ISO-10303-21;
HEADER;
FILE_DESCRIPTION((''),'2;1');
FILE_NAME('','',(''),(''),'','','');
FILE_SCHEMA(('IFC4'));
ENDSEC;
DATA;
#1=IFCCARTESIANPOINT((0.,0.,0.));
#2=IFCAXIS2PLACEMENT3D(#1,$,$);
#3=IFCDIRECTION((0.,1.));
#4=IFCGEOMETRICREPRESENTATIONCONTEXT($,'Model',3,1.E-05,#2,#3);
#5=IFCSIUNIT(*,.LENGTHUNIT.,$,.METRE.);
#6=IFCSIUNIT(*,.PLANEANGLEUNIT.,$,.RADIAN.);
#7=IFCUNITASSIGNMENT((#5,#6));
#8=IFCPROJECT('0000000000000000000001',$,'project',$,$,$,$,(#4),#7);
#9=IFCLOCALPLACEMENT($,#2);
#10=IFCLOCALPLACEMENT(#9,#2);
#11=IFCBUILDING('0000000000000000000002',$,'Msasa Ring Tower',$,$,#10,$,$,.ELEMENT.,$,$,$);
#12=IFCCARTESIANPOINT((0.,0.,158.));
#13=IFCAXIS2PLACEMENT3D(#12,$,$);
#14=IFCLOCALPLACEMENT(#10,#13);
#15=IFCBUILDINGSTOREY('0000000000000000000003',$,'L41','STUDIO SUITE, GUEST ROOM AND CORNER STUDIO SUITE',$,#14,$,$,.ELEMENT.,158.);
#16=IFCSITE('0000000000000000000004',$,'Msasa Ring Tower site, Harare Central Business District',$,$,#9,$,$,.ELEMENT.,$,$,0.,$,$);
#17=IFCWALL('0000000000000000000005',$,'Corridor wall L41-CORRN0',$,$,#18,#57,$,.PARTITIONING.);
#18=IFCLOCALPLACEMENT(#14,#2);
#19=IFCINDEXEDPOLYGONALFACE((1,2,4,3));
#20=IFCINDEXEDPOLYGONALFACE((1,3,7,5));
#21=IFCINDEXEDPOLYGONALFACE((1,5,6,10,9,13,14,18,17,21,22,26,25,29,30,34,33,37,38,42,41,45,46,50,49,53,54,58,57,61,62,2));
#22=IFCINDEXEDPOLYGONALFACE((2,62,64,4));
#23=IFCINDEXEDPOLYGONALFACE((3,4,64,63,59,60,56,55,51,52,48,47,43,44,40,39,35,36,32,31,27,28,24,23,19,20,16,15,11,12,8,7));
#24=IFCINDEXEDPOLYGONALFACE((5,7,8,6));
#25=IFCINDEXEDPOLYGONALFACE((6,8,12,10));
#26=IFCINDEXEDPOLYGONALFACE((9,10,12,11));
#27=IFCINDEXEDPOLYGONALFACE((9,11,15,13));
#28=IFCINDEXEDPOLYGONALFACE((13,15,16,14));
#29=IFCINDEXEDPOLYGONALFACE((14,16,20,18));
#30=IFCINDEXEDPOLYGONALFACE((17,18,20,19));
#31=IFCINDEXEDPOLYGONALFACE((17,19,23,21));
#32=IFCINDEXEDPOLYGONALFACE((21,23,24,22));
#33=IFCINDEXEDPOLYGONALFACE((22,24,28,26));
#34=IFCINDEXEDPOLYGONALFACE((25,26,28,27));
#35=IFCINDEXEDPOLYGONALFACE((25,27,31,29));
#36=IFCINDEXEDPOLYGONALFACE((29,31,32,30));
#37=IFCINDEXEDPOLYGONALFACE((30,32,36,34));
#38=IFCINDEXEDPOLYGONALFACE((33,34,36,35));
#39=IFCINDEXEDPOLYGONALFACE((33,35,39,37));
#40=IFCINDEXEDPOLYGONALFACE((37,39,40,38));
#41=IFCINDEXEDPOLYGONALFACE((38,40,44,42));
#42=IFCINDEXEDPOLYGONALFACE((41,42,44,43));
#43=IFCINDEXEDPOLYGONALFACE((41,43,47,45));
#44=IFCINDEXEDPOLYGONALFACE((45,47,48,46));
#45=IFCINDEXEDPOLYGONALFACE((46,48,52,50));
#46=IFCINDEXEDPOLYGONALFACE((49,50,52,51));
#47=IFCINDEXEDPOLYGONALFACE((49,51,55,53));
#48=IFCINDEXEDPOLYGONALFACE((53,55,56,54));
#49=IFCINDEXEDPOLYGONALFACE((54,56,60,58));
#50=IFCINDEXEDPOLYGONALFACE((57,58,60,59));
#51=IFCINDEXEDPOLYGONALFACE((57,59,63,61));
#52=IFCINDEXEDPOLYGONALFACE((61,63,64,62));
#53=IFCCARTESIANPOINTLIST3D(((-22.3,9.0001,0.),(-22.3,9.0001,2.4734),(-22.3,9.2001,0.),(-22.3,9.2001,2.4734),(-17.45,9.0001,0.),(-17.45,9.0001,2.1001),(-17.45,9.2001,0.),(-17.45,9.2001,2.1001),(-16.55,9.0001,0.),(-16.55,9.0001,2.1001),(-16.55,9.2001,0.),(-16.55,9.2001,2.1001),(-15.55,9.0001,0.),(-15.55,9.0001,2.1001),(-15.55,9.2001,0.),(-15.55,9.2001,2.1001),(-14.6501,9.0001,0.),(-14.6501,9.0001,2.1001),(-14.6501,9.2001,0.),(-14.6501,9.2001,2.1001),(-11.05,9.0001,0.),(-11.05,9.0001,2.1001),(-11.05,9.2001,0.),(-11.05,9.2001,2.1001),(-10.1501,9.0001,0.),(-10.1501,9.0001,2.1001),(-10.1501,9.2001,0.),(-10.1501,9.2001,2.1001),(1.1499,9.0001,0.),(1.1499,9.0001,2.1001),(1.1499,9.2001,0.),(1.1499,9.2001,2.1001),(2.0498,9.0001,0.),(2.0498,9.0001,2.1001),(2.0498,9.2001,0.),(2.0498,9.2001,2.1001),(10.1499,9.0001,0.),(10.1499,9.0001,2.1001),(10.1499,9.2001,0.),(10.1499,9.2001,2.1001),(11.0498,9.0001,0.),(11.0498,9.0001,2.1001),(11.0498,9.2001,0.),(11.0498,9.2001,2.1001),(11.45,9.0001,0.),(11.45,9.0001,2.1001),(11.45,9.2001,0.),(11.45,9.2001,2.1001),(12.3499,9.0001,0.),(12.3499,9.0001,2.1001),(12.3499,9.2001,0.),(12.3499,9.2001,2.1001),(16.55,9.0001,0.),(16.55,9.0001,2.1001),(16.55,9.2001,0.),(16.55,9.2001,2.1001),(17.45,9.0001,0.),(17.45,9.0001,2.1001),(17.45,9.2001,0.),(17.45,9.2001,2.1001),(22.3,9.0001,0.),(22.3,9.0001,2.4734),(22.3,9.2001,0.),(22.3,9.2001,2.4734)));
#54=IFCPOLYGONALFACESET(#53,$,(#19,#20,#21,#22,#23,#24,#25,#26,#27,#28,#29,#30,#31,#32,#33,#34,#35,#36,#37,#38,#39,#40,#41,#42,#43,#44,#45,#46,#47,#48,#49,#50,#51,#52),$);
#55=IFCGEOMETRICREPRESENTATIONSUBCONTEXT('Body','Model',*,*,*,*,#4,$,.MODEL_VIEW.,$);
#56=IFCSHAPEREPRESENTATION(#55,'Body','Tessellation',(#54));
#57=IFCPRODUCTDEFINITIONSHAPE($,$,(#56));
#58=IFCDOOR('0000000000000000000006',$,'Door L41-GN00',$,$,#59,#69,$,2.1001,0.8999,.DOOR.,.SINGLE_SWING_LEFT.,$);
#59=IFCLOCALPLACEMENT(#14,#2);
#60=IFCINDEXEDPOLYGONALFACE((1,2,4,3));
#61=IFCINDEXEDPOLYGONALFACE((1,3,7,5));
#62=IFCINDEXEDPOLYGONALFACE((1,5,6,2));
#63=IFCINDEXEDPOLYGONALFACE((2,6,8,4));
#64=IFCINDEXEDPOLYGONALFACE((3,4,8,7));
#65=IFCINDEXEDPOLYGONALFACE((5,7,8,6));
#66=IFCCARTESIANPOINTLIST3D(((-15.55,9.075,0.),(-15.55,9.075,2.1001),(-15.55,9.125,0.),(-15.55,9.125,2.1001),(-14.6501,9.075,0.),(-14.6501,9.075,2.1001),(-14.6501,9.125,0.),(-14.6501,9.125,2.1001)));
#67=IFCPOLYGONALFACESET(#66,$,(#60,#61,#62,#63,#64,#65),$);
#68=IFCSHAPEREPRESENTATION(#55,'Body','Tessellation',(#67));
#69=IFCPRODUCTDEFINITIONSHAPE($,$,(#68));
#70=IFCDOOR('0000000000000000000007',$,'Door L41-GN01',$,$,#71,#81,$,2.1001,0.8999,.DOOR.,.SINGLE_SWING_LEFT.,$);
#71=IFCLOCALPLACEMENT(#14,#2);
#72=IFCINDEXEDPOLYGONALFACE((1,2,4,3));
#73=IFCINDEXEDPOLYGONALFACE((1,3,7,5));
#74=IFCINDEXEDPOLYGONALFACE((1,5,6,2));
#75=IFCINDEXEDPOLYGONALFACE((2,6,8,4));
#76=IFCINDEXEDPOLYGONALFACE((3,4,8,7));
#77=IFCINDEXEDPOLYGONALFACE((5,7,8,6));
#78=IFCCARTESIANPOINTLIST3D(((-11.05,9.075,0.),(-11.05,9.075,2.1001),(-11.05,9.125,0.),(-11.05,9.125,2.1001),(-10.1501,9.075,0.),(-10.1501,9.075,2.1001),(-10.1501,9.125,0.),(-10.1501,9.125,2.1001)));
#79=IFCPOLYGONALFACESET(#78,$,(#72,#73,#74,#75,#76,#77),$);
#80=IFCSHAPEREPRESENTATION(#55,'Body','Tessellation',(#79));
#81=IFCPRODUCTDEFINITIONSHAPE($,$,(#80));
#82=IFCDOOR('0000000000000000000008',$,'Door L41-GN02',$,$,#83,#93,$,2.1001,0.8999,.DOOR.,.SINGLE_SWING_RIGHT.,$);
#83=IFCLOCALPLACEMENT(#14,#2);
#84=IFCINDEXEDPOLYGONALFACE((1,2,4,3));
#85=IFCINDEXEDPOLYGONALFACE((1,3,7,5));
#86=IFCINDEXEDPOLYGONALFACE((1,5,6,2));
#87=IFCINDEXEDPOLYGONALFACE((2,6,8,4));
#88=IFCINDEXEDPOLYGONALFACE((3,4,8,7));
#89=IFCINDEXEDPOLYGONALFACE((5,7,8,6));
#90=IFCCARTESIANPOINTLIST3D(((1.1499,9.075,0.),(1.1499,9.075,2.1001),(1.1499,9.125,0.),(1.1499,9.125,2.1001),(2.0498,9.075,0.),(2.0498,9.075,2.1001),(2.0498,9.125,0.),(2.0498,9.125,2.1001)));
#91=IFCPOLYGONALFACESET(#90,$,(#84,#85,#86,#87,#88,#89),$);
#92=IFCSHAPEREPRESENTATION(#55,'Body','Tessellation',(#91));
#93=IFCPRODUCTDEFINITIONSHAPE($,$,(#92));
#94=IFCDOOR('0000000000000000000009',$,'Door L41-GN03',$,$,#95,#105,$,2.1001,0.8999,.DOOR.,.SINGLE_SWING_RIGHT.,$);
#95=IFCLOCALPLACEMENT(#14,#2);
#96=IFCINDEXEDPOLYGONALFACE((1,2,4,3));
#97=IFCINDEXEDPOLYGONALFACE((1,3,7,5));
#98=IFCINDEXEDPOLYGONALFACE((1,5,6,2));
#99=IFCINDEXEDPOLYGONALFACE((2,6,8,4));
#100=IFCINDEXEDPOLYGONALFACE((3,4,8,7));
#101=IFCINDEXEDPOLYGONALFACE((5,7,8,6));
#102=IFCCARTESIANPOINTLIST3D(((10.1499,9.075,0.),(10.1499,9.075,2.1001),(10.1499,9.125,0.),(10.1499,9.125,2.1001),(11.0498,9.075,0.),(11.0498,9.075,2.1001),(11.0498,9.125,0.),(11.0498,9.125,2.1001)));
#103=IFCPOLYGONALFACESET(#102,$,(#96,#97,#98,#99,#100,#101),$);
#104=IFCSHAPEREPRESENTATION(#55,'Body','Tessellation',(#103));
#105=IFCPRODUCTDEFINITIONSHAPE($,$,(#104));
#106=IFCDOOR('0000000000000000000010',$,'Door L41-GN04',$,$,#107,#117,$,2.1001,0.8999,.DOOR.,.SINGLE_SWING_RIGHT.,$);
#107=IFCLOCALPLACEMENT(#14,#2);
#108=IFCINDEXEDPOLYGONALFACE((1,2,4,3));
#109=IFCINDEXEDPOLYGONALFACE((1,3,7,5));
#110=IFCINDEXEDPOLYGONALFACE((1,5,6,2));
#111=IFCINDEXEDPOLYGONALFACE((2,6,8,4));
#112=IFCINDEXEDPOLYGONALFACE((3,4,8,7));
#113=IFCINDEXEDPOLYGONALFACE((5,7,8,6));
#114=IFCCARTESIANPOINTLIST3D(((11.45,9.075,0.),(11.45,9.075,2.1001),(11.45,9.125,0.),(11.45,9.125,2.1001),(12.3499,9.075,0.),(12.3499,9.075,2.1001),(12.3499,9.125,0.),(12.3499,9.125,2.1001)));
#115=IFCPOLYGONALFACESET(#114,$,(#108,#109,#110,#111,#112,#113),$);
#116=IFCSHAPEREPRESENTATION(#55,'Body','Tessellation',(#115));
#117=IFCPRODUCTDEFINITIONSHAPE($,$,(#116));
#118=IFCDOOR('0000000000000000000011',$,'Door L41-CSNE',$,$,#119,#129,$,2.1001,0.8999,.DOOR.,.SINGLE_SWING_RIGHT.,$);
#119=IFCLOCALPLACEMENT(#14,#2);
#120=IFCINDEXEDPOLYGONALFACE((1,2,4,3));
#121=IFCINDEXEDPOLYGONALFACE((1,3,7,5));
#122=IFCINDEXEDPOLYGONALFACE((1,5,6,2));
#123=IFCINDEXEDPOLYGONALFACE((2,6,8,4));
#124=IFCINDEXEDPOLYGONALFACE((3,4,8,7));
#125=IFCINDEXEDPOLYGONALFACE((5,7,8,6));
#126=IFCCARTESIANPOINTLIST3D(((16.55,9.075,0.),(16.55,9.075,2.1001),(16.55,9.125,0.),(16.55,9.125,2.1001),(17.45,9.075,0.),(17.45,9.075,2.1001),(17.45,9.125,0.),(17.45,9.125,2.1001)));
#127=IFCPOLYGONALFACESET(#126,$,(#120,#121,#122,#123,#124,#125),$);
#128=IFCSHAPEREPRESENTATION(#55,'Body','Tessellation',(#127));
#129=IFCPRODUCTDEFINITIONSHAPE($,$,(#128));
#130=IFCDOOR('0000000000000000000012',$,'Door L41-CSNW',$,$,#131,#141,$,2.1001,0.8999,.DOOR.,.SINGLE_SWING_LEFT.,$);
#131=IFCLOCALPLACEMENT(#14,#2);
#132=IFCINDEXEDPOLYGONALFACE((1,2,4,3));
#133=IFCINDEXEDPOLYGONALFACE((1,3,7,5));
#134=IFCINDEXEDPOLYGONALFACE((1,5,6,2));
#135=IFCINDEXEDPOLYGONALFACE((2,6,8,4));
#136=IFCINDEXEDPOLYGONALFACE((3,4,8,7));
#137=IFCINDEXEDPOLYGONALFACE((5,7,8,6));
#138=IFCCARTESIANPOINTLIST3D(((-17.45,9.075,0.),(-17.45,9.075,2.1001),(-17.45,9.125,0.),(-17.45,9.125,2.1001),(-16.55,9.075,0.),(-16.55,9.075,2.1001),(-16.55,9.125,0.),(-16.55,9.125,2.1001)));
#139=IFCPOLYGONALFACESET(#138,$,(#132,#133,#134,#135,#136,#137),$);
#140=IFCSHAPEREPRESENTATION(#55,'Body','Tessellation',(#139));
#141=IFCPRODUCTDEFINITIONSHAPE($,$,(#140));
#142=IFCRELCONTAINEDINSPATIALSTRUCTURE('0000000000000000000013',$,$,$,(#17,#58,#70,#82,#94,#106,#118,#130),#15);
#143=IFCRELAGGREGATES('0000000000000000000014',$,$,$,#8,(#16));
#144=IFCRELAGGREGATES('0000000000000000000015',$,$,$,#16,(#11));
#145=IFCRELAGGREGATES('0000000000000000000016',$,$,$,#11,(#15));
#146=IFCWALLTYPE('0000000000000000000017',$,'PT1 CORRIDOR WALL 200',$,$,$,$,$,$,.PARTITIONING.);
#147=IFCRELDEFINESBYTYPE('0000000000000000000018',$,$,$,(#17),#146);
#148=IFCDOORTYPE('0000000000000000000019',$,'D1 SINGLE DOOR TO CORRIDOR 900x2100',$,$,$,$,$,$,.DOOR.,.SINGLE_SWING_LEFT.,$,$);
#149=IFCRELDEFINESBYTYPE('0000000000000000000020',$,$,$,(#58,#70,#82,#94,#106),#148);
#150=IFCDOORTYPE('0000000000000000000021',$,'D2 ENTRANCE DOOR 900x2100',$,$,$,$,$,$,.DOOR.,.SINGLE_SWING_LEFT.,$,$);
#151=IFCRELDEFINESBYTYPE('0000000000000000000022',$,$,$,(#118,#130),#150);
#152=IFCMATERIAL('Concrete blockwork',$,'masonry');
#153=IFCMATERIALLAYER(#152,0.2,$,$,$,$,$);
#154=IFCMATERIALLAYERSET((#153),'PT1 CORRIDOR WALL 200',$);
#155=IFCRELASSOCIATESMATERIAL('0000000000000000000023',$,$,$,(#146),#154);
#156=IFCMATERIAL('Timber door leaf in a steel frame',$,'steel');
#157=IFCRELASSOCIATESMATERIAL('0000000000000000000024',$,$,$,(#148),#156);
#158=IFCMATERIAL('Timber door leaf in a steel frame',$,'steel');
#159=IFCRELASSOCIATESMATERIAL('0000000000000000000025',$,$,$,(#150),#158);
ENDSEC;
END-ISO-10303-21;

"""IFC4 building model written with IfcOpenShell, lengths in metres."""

from ifc_helpers import new_model, si_unit, direction, frame, frame_2d, origin, place, context, subcontext, project, spatial, rectangle, extrude, material, layer, layer_set, type_object, element, fill, save


model = new_model("IFC4")

# Units and contexts
model_context = context("Model", 3, precision=1e-05, world=origin(), true_north=direction((0.0, 1.0)))
body_context = subcontext(model_context, "Body", "Model", "MODEL_VIEW")
ifc_project = project(units=[si_unit("LENGTHUNIT", "METRE"), si_unit("PLANEANGLEUNIT", "RADIAN")], contexts=[model_context])

# Site, building, storey
site_placement = place(None, origin())
site = spatial("IfcSite", under=ifc_project, at=site_placement, Name="Msasa Ring Tower site, Harare Central Business District", CompositionType="ELEMENT", RefElevation=0.0)
building_placement = place(site_placement, origin())
building = spatial("IfcBuilding", under=site, at=building_placement, Name="Msasa Ring Tower", CompositionType="ELEMENT")
storey_placement = place(building_placement, frame((0.0, 0.0, 158.0)))
storey = spatial("IfcBuildingStorey", under=building, at=storey_placement, Name="L41", Description="STUDIO SUITE, GUEST ROOM AND CORNER STUDIO SUITE", CompositionType="ELEMENT", Elevation=158.0)

# Wall, openings, doors
ifc_material_1 = material(Name="Concrete blockwork", Category="masonry")
ifc_layer_1 = layer(ifc_material_1, 0.2)
ifc_layer_set_1 = layer_set([ifc_layer_1], Name="PT1 CORRIDOR WALL 200")
wall_type_1 = type_object("IfcWallType", Name="PT1 CORRIDOR WALL 200", PredefinedType="PARTITIONING", material=ifc_layer_set_1)
wall_1_placement = place(storey_placement, frame((-22.3, 9.1001, 0.0), z_axis=(0.0, 0.0, 1.0), x_axis=(1.0, 0.0, 0.0)))
wall_1 = element("IfcWall", 1, at=wall_1_placement, inside=storey, type_object=wall_type_1, Name="Corridor wall L41-CORRN0", PredefinedType="PARTITIONING", context=body_context, shape_type="SweptSolid", body=[
    extrude(rectangle(XDim=44.6001, YDim=0.2, at=frame_2d((22.3, 0.0))), origin(), (0.0, 0.0, 1.0), 2.4734),
])
opening_1_placement = place(wall_1_placement, frame((6.75, 0.0, 0.0)))
opening_1 = element("IfcOpeningElement", 2, at=opening_1_placement, cuts=wall_1, PredefinedType="OPENING", context=body_context, shape_type="SweptSolid", body=[
    extrude(rectangle(XDim=0.8999, YDim=2.1001, at=frame_2d((0.45, 1.05))), frame((0.0, 0.1099, 0.0), z_axis=(0.0, -1.0, 0.0), x_axis=(1.0, 0.0, 0.0)), (0.0, 0.0, 1.0), 0.22),
])
opening_2_placement = place(wall_1_placement, frame((11.25, 0.0, 0.0)))
opening_2 = element("IfcOpeningElement", 3, at=opening_2_placement, cuts=wall_1, PredefinedType="OPENING", context=body_context, shape_type="SweptSolid", body=[
    extrude(rectangle(XDim=0.8999, YDim=2.1001, at=frame_2d((0.45, 1.05))), frame((0.0, 0.1099, 0.0), z_axis=(0.0, -1.0, 0.0), x_axis=(1.0, 0.0, 0.0)), (0.0, 0.0, 1.0), 0.22),
])
opening_3_placement = place(wall_1_placement, frame((23.45, 0.0, 0.0)))
opening_3 = element("IfcOpeningElement", 4, at=opening_3_placement, cuts=wall_1, PredefinedType="OPENING", context=body_context, shape_type="SweptSolid", body=[
    extrude(rectangle(XDim=0.8999, YDim=2.1001, at=frame_2d((0.45, 1.05))), frame((0.0, 0.1099, 0.0), z_axis=(0.0, -1.0, 0.0), x_axis=(1.0, 0.0, 0.0)), (0.0, 0.0, 1.0), 0.22),
])
opening_4_placement = place(wall_1_placement, frame((32.45, 0.0, 0.0)))
opening_4 = element("IfcOpeningElement", 5, at=opening_4_placement, cuts=wall_1, PredefinedType="OPENING", context=body_context, shape_type="SweptSolid", body=[
    extrude(rectangle(XDim=0.8999, YDim=2.1001, at=frame_2d((0.45, 1.05))), frame((0.0, 0.1099, 0.0), z_axis=(0.0, -1.0, 0.0), x_axis=(1.0, 0.0, 0.0)), (0.0, 0.0, 1.0), 0.22),
])
opening_5_placement = place(wall_1_placement, frame((33.75, 0.0, 0.0)))
opening_5 = element("IfcOpeningElement", 6, at=opening_5_placement, cuts=wall_1, PredefinedType="OPENING", context=body_context, shape_type="SweptSolid", body=[
    extrude(rectangle(XDim=0.8999, YDim=2.1001, at=frame_2d((0.45, 1.05))), frame((0.0, 0.1099, 0.0), z_axis=(0.0, -1.0, 0.0), x_axis=(1.0, 0.0, 0.0)), (0.0, 0.0, 1.0), 0.22),
])
opening_6_placement = place(wall_1_placement, frame((38.8501, 0.0, 0.0)))
opening_6 = element("IfcOpeningElement", 7, at=opening_6_placement, cuts=wall_1, PredefinedType="OPENING", context=body_context, shape_type="SweptSolid", body=[
    extrude(rectangle(XDim=0.8999, YDim=2.1001, at=frame_2d((0.45, 1.05))), frame((0.0, 0.1099, 0.0), z_axis=(0.0, -1.0, 0.0), x_axis=(1.0, 0.0, 0.0)), (0.0, 0.0, 1.0), 0.22),
])
opening_7_placement = place(wall_1_placement, frame((4.8501, 0.0, 0.0)))
opening_7 = element("IfcOpeningElement", 8, at=opening_7_placement, cuts=wall_1, PredefinedType="OPENING", context=body_context, shape_type="SweptSolid", body=[
    extrude(rectangle(XDim=0.8999, YDim=2.1001, at=frame_2d((0.45, 1.05))), frame((0.0, 0.1099, 0.0), z_axis=(0.0, -1.0, 0.0), x_axis=(1.0, 0.0, 0.0)), (0.0, 0.0, 1.0), 0.22),
])
ifc_material_2 = material(Name="Timber door leaf in a steel frame", Category="steel")
door_type_1 = type_object("IfcDoorType", Name="D1 SINGLE DOOR TO CORRIDOR 900x2100", OperationType="SINGLE_SWING_LEFT", PredefinedType="DOOR", material=ifc_material_2)
door_1_placement = place(opening_1_placement, origin())
door_1 = element("IfcDoor", 9, at=door_1_placement, inside=storey, type_object=door_type_1, Name="Door L41-GN00", OperationType="SINGLE_SWING_LEFT", OverallHeight=2.1001, OverallWidth=0.8999, PredefinedType="DOOR", context=body_context, shape_type="SweptSolid", body=[
    extrude(rectangle(XDim=0.8999, YDim=2.1001, at=frame_2d((0.45, 1.05))), frame((0.0, 0.0249, 0.0), z_axis=(0.0, -1.0, 0.0), x_axis=(1.0, 0.0, 0.0)), (0.0, 0.0, 1.0), 0.05),
])
fill(opening_1, door_1)
door_2_placement = place(opening_2_placement, origin())
door_2 = element("IfcDoor", 10, at=door_2_placement, inside=storey, type_object=door_type_1, Name="Door L41-GN01", OperationType="SINGLE_SWING_LEFT", OverallHeight=2.1001, OverallWidth=0.8999, PredefinedType="DOOR", context=body_context, shape_type="SweptSolid", body=[
    extrude(rectangle(XDim=0.8999, YDim=2.1001, at=frame_2d((0.45, 1.05))), frame((0.0, 0.0249, 0.0), z_axis=(0.0, -1.0, 0.0), x_axis=(1.0, 0.0, 0.0)), (0.0, 0.0, 1.0), 0.05),
])
fill(opening_2, door_2)
door_3_placement = place(opening_3_placement, origin())
door_3 = element("IfcDoor", 11, at=door_3_placement, inside=storey, type_object=door_type_1, Name="Door L41-GN02", OperationType="SINGLE_SWING_RIGHT", OverallHeight=2.1001, OverallWidth=0.8999, PredefinedType="DOOR", context=body_context, shape_type="SweptSolid", body=[
    extrude(rectangle(XDim=0.8999, YDim=2.1001, at=frame_2d((0.45, 1.05))), frame((0.0, 0.0249, 0.0), z_axis=(0.0, -1.0, 0.0), x_axis=(1.0, 0.0, 0.0)), (0.0, 0.0, 1.0), 0.05),
])
fill(opening_3, door_3)
door_4_placement = place(opening_4_placement, origin())
door_4 = element("IfcDoor", 12, at=door_4_placement, inside=storey, type_object=door_type_1, Name="Door L41-GN03", OperationType="SINGLE_SWING_RIGHT", OverallHeight=2.1001, OverallWidth=0.8999, PredefinedType="DOOR", context=body_context, shape_type="SweptSolid", body=[
    extrude(rectangle(XDim=0.8999, YDim=2.1001, at=frame_2d((0.45, 1.05))), frame((0.0, 0.0249, 0.0), z_axis=(0.0, -1.0, 0.0), x_axis=(1.0, 0.0, 0.0)), (0.0, 0.0, 1.0), 0.05),
])
fill(opening_4, door_4)
door_5_placement = place(opening_5_placement, origin())
door_5 = element("IfcDoor", 13, at=door_5_placement, inside=storey, type_object=door_type_1, Name="Door L41-GN04", OperationType="SINGLE_SWING_RIGHT", OverallHeight=2.1001, OverallWidth=0.8999, PredefinedType="DOOR", context=body_context, shape_type="SweptSolid", body=[
    extrude(rectangle(XDim=0.8999, YDim=2.1001, at=frame_2d((0.45, 1.05))), frame((0.0, 0.0249, 0.0), z_axis=(0.0, -1.0, 0.0), x_axis=(1.0, 0.0, 0.0)), (0.0, 0.0, 1.0), 0.05),
])
fill(opening_5, door_5)
ifc_material_3 = material(Name="Timber door leaf in a steel frame", Category="steel")
door_type_2 = type_object("IfcDoorType", Name="D2 ENTRANCE DOOR 900x2100", OperationType="SINGLE_SWING_LEFT", PredefinedType="DOOR", material=ifc_material_3)
door_6_placement = place(opening_6_placement, origin())
door_6 = element("IfcDoor", 14, at=door_6_placement, inside=storey, type_object=door_type_2, Name="Door L41-CSNE", OperationType="SINGLE_SWING_RIGHT", OverallHeight=2.1001, OverallWidth=0.8999, PredefinedType="DOOR", context=body_context, shape_type="SweptSolid", body=[
    extrude(rectangle(XDim=0.8999, YDim=2.1001, at=frame_2d((0.45, 1.05))), frame((0.0, 0.0249, 0.0), z_axis=(0.0, -1.0, 0.0), x_axis=(1.0, 0.0, 0.0)), (0.0, 0.0, 1.0), 0.05),
])
fill(opening_6, door_6)
door_7_placement = place(opening_7_placement, origin())
door_7 = element("IfcDoor", 15, at=door_7_placement, inside=storey, type_object=door_type_2, Name="Door L41-CSNW", OperationType="SINGLE_SWING_LEFT", OverallHeight=2.1001, OverallWidth=0.8999, PredefinedType="DOOR", context=body_context, shape_type="SweptSolid", body=[
    extrude(rectangle(XDim=0.8999, YDim=2.1001, at=frame_2d((0.45, 1.05))), frame((0.0, 0.0249, 0.0), z_axis=(0.0, -1.0, 0.0), x_axis=(1.0, 0.0, 0.0)), (0.0, 0.0, 1.0), 0.05),
])
fill(opening_7, door_7)

save(model, "model.ifc")
